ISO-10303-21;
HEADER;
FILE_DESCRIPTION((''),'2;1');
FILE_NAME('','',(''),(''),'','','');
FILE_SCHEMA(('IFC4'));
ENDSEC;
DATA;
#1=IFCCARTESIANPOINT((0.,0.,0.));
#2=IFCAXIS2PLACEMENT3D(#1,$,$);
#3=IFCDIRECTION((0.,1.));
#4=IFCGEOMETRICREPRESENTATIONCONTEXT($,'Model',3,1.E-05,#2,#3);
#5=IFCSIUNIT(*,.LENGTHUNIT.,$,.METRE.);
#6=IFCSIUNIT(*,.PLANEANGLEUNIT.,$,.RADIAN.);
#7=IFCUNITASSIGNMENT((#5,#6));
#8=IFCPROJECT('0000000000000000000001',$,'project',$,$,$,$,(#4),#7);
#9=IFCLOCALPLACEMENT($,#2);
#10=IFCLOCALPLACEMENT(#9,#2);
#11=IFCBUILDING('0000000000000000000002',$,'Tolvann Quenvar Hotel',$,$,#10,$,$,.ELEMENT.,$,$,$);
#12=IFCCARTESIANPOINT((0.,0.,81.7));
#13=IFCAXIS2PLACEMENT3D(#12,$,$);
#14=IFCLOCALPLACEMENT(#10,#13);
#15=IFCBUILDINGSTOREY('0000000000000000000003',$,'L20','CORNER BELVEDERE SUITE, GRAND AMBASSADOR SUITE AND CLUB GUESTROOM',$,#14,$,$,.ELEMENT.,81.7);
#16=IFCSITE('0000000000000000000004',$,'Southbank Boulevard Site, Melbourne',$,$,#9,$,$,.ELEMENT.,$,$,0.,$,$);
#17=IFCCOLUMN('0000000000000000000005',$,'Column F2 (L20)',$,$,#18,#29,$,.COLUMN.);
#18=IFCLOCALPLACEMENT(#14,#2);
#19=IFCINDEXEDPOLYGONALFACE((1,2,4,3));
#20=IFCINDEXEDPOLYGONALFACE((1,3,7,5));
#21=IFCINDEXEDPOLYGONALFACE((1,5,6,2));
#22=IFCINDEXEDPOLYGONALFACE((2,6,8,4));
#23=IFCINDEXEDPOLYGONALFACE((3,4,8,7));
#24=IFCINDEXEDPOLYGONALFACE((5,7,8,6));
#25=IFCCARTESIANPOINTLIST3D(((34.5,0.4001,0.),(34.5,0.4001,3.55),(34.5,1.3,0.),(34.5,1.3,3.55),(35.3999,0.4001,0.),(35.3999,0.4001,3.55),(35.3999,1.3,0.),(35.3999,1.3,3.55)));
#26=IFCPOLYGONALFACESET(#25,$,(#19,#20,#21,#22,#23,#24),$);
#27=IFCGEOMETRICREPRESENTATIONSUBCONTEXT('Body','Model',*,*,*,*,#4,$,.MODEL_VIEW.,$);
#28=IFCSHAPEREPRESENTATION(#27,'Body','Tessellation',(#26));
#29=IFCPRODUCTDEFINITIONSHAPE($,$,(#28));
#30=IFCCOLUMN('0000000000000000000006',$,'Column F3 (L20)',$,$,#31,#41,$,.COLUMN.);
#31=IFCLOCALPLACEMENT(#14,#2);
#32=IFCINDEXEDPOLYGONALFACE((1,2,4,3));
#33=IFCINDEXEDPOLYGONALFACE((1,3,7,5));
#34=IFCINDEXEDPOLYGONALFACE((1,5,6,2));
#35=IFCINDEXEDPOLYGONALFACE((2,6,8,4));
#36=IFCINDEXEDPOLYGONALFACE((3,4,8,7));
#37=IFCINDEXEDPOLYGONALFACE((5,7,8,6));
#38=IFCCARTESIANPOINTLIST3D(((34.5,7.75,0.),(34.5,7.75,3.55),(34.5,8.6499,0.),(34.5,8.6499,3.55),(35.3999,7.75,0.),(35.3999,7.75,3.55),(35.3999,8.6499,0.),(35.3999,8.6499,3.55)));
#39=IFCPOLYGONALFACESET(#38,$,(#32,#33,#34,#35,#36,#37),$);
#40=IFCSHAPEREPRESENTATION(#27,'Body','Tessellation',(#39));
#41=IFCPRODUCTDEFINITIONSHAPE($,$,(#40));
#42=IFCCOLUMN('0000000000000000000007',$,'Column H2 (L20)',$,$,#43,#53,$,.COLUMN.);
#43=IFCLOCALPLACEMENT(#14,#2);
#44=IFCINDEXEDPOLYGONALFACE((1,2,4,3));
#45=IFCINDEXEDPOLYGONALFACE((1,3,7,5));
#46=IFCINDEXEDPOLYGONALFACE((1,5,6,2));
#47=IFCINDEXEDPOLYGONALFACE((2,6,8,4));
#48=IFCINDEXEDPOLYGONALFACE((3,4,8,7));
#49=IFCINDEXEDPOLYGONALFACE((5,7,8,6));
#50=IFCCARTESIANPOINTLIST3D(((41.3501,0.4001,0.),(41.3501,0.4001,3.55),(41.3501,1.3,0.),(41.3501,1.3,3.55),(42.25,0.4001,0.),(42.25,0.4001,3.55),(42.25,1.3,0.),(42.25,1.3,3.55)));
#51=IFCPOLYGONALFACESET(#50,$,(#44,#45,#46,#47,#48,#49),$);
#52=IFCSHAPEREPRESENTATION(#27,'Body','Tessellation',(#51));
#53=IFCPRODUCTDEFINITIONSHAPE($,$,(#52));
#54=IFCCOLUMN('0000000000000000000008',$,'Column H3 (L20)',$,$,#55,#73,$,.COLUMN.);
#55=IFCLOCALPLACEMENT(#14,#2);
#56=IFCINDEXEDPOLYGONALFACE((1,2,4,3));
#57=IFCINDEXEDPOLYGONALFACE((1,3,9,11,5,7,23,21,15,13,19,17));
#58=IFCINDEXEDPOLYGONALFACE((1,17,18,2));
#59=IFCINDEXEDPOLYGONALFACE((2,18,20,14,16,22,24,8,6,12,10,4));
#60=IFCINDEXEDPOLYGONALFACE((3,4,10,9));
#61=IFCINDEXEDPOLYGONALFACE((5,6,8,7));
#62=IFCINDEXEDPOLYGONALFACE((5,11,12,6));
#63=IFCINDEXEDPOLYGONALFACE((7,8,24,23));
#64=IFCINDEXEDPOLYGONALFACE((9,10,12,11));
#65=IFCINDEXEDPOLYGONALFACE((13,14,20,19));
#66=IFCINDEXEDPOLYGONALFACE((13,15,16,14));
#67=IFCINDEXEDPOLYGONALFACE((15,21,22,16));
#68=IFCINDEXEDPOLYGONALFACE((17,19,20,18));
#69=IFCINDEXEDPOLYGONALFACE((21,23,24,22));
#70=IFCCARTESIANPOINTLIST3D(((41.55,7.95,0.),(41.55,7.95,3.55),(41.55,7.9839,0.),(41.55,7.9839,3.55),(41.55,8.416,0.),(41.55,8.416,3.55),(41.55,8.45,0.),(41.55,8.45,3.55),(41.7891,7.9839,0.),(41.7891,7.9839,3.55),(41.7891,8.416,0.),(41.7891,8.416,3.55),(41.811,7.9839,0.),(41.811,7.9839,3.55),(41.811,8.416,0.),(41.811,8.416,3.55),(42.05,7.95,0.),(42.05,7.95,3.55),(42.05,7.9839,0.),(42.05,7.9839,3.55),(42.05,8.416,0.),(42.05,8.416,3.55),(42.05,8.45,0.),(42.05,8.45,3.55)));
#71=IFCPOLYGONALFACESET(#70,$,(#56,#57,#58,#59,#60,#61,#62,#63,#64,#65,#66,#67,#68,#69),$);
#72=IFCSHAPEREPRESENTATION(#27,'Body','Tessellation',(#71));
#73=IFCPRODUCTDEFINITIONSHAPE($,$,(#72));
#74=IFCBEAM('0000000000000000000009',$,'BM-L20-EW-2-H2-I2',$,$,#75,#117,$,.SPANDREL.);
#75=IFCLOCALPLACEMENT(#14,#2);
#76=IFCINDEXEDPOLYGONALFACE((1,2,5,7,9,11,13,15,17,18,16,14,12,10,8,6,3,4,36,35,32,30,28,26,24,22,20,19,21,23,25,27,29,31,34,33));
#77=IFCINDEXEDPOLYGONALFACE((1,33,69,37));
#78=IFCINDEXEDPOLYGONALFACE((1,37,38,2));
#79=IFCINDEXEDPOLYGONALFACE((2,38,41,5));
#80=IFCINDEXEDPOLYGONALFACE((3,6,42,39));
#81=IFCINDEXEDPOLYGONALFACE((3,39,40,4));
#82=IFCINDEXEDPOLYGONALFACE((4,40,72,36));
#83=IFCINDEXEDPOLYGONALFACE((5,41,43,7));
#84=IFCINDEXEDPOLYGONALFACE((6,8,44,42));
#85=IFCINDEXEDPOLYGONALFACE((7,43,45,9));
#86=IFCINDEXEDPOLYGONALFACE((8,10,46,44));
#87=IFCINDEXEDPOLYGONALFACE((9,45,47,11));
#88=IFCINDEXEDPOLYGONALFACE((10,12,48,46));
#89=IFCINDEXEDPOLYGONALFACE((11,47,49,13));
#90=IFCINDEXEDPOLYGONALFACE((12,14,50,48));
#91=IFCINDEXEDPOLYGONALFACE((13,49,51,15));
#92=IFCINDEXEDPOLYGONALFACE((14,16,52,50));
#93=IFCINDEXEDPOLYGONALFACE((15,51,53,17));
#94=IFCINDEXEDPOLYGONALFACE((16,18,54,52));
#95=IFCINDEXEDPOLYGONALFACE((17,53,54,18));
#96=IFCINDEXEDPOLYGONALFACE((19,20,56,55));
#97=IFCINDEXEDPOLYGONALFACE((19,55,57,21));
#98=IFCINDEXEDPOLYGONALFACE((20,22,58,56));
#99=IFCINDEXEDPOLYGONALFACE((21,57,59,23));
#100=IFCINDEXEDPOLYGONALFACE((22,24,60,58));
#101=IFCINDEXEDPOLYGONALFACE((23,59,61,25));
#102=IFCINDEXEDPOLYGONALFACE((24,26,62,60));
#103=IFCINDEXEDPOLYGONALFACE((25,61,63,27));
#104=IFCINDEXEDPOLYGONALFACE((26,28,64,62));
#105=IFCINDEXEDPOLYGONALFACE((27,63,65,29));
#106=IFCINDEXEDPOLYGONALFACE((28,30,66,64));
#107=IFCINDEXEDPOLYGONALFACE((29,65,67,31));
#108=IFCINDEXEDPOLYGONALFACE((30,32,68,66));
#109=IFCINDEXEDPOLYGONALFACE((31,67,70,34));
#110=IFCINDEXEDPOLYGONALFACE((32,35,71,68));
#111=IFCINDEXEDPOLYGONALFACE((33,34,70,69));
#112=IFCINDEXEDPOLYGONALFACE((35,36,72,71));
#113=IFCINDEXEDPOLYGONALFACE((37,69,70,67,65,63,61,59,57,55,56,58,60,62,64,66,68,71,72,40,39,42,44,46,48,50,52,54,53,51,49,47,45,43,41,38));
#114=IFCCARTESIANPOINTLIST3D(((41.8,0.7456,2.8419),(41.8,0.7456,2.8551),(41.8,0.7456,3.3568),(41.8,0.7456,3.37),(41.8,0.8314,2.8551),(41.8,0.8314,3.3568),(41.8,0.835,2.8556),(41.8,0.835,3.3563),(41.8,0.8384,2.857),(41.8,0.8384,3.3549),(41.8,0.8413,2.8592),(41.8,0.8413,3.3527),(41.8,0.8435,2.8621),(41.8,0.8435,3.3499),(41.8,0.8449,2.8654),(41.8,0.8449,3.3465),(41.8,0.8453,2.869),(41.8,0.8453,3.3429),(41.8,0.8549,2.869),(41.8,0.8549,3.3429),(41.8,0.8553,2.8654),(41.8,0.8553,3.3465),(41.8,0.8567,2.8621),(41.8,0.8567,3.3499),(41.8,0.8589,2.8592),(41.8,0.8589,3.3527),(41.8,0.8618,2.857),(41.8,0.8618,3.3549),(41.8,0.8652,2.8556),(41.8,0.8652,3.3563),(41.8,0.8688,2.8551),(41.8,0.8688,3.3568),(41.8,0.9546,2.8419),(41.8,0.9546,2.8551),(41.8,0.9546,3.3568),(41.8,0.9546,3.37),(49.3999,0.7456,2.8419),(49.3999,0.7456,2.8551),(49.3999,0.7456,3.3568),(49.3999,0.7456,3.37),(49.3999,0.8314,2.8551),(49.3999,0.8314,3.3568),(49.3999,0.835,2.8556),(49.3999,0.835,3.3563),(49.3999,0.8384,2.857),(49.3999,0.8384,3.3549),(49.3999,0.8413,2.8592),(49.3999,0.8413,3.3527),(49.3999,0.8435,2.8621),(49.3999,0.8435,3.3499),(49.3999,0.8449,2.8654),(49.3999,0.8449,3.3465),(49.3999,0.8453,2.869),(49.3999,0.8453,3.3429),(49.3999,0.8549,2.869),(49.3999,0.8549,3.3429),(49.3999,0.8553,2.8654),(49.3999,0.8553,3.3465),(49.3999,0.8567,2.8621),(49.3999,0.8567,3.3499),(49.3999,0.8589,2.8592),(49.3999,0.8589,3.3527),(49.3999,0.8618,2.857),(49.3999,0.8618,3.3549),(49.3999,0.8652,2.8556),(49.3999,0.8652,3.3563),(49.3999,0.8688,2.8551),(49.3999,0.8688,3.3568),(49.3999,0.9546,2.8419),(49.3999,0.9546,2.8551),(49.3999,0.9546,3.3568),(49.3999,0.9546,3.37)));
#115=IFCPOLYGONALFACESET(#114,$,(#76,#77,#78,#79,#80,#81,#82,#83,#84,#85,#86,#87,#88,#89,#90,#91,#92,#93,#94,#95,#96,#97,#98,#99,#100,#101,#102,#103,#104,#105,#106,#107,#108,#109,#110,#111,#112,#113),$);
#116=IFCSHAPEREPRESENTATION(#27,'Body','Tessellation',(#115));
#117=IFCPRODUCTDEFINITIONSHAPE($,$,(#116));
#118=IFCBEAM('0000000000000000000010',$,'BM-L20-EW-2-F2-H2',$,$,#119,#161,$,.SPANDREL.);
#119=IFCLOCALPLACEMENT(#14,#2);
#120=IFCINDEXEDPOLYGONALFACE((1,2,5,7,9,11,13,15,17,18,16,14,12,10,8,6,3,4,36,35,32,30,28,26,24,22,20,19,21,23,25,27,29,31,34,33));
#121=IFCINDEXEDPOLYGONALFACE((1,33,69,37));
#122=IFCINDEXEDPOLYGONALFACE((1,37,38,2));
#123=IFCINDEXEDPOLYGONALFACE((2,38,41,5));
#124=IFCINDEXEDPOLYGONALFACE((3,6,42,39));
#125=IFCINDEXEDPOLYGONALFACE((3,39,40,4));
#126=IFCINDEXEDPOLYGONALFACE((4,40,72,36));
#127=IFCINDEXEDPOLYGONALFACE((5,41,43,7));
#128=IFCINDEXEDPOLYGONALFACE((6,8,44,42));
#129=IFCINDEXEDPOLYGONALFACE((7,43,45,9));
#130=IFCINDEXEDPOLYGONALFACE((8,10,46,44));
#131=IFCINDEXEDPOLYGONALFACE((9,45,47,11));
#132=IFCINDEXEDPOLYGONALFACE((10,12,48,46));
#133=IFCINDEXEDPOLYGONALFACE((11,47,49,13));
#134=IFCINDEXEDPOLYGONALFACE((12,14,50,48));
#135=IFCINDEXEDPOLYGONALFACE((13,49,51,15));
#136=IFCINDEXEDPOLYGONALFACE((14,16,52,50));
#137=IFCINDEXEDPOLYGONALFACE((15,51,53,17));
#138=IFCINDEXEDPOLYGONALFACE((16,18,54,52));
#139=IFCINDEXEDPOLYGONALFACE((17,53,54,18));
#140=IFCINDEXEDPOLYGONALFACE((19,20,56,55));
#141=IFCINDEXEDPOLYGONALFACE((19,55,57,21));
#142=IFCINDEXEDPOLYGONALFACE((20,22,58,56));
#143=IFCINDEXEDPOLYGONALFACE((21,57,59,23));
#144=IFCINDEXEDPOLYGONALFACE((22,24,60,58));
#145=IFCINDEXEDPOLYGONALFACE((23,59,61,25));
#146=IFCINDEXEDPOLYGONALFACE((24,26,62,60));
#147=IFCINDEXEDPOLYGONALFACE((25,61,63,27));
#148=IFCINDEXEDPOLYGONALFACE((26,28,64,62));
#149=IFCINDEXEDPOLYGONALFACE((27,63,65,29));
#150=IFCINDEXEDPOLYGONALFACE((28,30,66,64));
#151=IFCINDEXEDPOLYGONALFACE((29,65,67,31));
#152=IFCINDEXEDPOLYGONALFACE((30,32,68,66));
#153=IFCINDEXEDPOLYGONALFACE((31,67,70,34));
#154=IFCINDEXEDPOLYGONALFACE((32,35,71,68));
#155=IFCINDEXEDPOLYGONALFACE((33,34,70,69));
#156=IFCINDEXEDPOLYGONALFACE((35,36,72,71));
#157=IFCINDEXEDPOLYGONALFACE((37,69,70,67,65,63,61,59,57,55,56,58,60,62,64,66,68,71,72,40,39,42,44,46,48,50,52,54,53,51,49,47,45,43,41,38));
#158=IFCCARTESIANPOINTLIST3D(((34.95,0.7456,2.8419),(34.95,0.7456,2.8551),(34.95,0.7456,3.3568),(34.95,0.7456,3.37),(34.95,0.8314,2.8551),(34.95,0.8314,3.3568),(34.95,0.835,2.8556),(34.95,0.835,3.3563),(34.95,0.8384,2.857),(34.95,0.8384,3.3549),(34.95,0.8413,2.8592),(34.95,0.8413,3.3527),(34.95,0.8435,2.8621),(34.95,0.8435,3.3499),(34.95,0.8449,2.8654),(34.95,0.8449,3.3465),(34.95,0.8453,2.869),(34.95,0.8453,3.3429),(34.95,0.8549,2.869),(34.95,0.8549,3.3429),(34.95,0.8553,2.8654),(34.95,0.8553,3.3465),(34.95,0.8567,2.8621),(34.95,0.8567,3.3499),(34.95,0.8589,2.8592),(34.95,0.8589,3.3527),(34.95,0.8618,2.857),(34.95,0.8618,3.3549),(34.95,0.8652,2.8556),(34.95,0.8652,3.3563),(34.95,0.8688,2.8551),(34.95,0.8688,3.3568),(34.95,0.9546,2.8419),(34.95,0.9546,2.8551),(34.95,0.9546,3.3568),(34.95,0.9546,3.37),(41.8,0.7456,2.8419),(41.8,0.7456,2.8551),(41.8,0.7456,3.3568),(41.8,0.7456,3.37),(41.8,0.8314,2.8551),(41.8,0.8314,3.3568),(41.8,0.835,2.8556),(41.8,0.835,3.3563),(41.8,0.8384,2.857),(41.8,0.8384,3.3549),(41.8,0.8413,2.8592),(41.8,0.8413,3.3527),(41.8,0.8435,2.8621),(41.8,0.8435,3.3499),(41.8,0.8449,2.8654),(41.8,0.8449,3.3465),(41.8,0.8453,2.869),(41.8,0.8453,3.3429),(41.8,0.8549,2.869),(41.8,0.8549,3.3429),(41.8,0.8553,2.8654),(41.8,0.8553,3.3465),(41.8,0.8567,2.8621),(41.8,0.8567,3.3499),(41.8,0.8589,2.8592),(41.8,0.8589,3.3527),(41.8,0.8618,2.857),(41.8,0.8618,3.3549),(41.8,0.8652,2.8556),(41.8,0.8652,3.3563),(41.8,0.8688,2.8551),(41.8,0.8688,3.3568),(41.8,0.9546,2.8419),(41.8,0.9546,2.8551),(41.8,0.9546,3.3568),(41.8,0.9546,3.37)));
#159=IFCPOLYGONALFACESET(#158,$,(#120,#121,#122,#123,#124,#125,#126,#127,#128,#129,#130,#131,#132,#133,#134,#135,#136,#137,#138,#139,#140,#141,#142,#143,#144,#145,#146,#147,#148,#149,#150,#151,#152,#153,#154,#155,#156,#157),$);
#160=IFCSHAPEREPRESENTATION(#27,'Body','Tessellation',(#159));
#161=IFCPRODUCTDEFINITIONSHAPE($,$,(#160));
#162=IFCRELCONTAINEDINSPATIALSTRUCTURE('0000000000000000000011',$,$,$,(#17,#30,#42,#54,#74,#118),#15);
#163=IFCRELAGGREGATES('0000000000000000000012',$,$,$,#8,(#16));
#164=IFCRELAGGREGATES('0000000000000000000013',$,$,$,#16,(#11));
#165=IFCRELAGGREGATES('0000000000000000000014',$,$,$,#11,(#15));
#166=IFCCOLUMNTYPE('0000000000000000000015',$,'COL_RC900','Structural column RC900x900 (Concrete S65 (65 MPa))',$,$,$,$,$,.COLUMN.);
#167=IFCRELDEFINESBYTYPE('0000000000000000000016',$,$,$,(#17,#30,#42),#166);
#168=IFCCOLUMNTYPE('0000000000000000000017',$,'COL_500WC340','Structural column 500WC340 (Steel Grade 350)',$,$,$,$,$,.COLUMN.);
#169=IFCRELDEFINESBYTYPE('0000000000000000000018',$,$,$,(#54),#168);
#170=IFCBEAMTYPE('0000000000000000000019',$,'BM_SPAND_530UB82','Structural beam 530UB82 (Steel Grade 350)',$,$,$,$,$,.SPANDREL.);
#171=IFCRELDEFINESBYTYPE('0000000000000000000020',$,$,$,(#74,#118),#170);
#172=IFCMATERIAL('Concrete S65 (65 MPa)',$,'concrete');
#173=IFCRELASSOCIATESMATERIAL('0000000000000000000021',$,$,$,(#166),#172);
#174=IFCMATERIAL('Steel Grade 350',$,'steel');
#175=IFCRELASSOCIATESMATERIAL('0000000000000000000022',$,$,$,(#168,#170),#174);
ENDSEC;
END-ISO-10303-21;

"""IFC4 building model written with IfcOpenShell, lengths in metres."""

from ifc_helpers import new_model, si_unit, direction, frame, origin, origin_2d, place, context, subcontext, project, spatial, rectangle, i_section, extrude, source, transform, mapped, material, material_profile, profile_set, type_object, type_shapes, element, save


model = new_model("IFC4")

# Units and contexts
model_context = context("Model", 3, precision=1e-05, world=origin(), true_north=direction((0.0, 1.0)))
body_context = subcontext(model_context, "Body", "Model", "MODEL_VIEW")
ifc_project = project(units=[si_unit("LENGTHUNIT", "METRE"), si_unit("PLANEANGLEUNIT", "RADIAN")], contexts=[model_context])

# Site, building, storey
site_placement = place(None, origin())
site = spatial("IfcSite", under=ifc_project, at=site_placement, Name="Southbank Boulevard Site, Melbourne", CompositionType="ELEMENT", RefElevation=0.0)
building_placement = place(site_placement, origin())
building = spatial("IfcBuilding", under=site, at=building_placement, Name="Tolvann Quenvar Hotel", CompositionType="ELEMENT")
storey_placement = place(building_placement, frame((0.0, 0.0, 81.7)))
storey = spatial("IfcBuildingStorey", under=building, at=storey_placement, Name="L20", Description="CORNER BELVEDERE SUITE, GRAND AMBASSADOR SUITE AND CLUB GUESTROOM", CompositionType="ELEMENT", Elevation=81.7)

# Columns
ifc_material_1 = material(Name="Concrete S65 (65 MPa)", Category="concrete")
ifc_material_profile_1 = material_profile(ifc_material_1, rectangle(XDim=0.8999, YDim=0.8999, at=origin_2d()), Name="RC900x900")
ifc_profile_set_1 = profile_set([ifc_material_profile_1], Name="Concrete S65 (65 MPa)")
column_type_1 = type_object("IfcColumnType", Name="COL_RC900", Description="Structural column RC900x900 (Concrete S65 (65 MPa))", PredefinedType="COLUMN", material=ifc_profile_set_1)
shared_shape_1 = source(origin(), body_context, "Body", "SweptSolid", [
    extrude(rectangle(XDim=0.8999, YDim=0.8999, at=origin_2d()), origin(), (0.0, 0.0, 1.0), 3.55),
])
type_shapes(column_type_1, [shared_shape_1])
for number, where, z_axis, x_axis, name in (
    (1, (34.95, 0.8501, 0.0), (0.0, 0.0, 1.0), (1.0, 0.0, 0.0), "Column F2 (L20)"),
    (2, (34.95, 8.2, 0.0), (0.0, 0.0, 1.0), (1.0, 0.0, 0.0), "Column F3 (L20)"),
    (3, (41.8, 0.8501, 0.0), (0.0, 0.0, 1.0), (1.0, 0.0, 0.0), "Column H2 (L20)"),
):
    element("IfcColumn", number, at=place(storey_placement, frame(where, z_axis=z_axis, x_axis=x_axis)), inside=storey, type_object=column_type_1, Name=name, PredefinedType="COLUMN", context=body_context, shape_type="MappedRepresentation", body=[
        mapped(shared_shape_1, transform((0.0, 0.0, 0.0), x_axis=(1.0, 0.0, 0.0), y_axis=(0.0, 1.0, 0.0), z_axis=(0.0, 0.0, 1.0), scale=1.0)),
    ])
ifc_material_2 = material(Name="Steel Grade 350", Category="steel")
ifc_material_profile_2 = material_profile(ifc_material_2, i_section(OverallWidth=0.5, OverallDepth=0.5, WebThickness=0.022, FlangeThickness=0.0339, at=origin_2d()), Name="500WC340")
ifc_profile_set_2 = profile_set([ifc_material_profile_2], Name="Steel Grade 350")
column_type_2 = type_object("IfcColumnType", Name="COL_500WC340", Description="Structural column 500WC340 (Steel Grade 350)", PredefinedType="COLUMN", material=ifc_profile_set_2)
shared_shape_2 = source(origin(), body_context, "Body", "SweptSolid", [
    extrude(i_section(OverallWidth=0.5, OverallDepth=0.5, WebThickness=0.022, FlangeThickness=0.0339, at=origin_2d()), origin(), (0.0, 0.0, 1.0), 3.55),
])
type_shapes(column_type_2, [shared_shape_2])
column_placement = place(storey_placement, frame((41.8, 8.2, 0.0), z_axis=(0.0, 0.0, 1.0), x_axis=(1.0, 0.0, 0.0)))
element("IfcColumn", 4, at=column_placement, inside=storey, type_object=column_type_2, Name="Column H3 (L20)", PredefinedType="COLUMN", context=body_context, shape_type="MappedRepresentation", body=[
    mapped(shared_shape_2, transform((0.0, 0.0, 0.0), x_axis=(1.0, 0.0, 0.0), y_axis=(0.0, 1.0, 0.0), z_axis=(0.0, 0.0, 1.0), scale=1.0)),
])

# Beams
ifc_material_profile_3 = material_profile(ifc_material_2, i_section(OverallWidth=0.209, OverallDepth=0.5281, WebThickness=0.0095, FlangeThickness=0.0132, FilletRadius=0.0139, at=origin_2d()), Name="530UB82")
ifc_profile_set_3 = profile_set([ifc_material_profile_3], Name="Steel Grade 350")
beam_type_1 = type_object("IfcBeamType", Name="BM_SPAND_530UB82", Description="Structural beam 530UB82 (Steel Grade 350)", PredefinedType="SPANDREL", material=ifc_profile_set_3)
shared_shape_3 = source(origin(), body_context, "Body", "SweptSolid", [
    extrude(i_section(OverallWidth=0.209, OverallDepth=0.5281, WebThickness=0.0095, FlangeThickness=0.0132, FilletRadius=0.0139, at=origin_2d()), origin(), (0.0, 0.0, 1.0), 7.5999),
])
beam_1_placement = place(storey_placement, frame((41.8, 0.8501, 3.106), z_axis=(1.0, 0.0, 0.0), x_axis=(0.0, 1.0, 0.0)))
element("IfcBeam", 5, at=beam_1_placement, inside=storey, type_object=beam_type_1, Name="BM-L20-EW-2-H2-I2", PredefinedType="SPANDREL", context=body_context, shape_type="MappedRepresentation", body=[
    mapped(shared_shape_3, transform((0.0, 0.0, 0.0), x_axis=(1.0, 0.0, 0.0), y_axis=(0.0, 1.0, 0.0), z_axis=(0.0, 0.0, 1.0), scale=1.0)),
])
shared_shape_4 = source(origin(), body_context, "Body", "SweptSolid", [
    extrude(i_section(OverallWidth=0.209, OverallDepth=0.5281, WebThickness=0.0095, FlangeThickness=0.0132, FilletRadius=0.0139, at=origin_2d()), origin(), (0.0, 0.0, 1.0), 6.8501),
])
type_shapes(beam_type_1, [shared_shape_3, shared_shape_4])
beam_2_placement = place(storey_placement, frame((34.95, 0.8501, 3.106), z_axis=(1.0, 0.0, 0.0), x_axis=(0.0, 1.0, 0.0)))
element("IfcBeam", 6, at=beam_2_placement, inside=storey, type_object=beam_type_1, Name="BM-L20-EW-2-F2-H2", PredefinedType="SPANDREL", context=body_context, shape_type="MappedRepresentation", body=[
    mapped(shared_shape_4, transform((0.0, 0.0, 0.0), x_axis=(1.0, 0.0, 0.0), y_axis=(0.0, 1.0, 0.0), z_axis=(0.0, 0.0, 1.0), scale=1.0)),
])

save(model, "model.ifc")
